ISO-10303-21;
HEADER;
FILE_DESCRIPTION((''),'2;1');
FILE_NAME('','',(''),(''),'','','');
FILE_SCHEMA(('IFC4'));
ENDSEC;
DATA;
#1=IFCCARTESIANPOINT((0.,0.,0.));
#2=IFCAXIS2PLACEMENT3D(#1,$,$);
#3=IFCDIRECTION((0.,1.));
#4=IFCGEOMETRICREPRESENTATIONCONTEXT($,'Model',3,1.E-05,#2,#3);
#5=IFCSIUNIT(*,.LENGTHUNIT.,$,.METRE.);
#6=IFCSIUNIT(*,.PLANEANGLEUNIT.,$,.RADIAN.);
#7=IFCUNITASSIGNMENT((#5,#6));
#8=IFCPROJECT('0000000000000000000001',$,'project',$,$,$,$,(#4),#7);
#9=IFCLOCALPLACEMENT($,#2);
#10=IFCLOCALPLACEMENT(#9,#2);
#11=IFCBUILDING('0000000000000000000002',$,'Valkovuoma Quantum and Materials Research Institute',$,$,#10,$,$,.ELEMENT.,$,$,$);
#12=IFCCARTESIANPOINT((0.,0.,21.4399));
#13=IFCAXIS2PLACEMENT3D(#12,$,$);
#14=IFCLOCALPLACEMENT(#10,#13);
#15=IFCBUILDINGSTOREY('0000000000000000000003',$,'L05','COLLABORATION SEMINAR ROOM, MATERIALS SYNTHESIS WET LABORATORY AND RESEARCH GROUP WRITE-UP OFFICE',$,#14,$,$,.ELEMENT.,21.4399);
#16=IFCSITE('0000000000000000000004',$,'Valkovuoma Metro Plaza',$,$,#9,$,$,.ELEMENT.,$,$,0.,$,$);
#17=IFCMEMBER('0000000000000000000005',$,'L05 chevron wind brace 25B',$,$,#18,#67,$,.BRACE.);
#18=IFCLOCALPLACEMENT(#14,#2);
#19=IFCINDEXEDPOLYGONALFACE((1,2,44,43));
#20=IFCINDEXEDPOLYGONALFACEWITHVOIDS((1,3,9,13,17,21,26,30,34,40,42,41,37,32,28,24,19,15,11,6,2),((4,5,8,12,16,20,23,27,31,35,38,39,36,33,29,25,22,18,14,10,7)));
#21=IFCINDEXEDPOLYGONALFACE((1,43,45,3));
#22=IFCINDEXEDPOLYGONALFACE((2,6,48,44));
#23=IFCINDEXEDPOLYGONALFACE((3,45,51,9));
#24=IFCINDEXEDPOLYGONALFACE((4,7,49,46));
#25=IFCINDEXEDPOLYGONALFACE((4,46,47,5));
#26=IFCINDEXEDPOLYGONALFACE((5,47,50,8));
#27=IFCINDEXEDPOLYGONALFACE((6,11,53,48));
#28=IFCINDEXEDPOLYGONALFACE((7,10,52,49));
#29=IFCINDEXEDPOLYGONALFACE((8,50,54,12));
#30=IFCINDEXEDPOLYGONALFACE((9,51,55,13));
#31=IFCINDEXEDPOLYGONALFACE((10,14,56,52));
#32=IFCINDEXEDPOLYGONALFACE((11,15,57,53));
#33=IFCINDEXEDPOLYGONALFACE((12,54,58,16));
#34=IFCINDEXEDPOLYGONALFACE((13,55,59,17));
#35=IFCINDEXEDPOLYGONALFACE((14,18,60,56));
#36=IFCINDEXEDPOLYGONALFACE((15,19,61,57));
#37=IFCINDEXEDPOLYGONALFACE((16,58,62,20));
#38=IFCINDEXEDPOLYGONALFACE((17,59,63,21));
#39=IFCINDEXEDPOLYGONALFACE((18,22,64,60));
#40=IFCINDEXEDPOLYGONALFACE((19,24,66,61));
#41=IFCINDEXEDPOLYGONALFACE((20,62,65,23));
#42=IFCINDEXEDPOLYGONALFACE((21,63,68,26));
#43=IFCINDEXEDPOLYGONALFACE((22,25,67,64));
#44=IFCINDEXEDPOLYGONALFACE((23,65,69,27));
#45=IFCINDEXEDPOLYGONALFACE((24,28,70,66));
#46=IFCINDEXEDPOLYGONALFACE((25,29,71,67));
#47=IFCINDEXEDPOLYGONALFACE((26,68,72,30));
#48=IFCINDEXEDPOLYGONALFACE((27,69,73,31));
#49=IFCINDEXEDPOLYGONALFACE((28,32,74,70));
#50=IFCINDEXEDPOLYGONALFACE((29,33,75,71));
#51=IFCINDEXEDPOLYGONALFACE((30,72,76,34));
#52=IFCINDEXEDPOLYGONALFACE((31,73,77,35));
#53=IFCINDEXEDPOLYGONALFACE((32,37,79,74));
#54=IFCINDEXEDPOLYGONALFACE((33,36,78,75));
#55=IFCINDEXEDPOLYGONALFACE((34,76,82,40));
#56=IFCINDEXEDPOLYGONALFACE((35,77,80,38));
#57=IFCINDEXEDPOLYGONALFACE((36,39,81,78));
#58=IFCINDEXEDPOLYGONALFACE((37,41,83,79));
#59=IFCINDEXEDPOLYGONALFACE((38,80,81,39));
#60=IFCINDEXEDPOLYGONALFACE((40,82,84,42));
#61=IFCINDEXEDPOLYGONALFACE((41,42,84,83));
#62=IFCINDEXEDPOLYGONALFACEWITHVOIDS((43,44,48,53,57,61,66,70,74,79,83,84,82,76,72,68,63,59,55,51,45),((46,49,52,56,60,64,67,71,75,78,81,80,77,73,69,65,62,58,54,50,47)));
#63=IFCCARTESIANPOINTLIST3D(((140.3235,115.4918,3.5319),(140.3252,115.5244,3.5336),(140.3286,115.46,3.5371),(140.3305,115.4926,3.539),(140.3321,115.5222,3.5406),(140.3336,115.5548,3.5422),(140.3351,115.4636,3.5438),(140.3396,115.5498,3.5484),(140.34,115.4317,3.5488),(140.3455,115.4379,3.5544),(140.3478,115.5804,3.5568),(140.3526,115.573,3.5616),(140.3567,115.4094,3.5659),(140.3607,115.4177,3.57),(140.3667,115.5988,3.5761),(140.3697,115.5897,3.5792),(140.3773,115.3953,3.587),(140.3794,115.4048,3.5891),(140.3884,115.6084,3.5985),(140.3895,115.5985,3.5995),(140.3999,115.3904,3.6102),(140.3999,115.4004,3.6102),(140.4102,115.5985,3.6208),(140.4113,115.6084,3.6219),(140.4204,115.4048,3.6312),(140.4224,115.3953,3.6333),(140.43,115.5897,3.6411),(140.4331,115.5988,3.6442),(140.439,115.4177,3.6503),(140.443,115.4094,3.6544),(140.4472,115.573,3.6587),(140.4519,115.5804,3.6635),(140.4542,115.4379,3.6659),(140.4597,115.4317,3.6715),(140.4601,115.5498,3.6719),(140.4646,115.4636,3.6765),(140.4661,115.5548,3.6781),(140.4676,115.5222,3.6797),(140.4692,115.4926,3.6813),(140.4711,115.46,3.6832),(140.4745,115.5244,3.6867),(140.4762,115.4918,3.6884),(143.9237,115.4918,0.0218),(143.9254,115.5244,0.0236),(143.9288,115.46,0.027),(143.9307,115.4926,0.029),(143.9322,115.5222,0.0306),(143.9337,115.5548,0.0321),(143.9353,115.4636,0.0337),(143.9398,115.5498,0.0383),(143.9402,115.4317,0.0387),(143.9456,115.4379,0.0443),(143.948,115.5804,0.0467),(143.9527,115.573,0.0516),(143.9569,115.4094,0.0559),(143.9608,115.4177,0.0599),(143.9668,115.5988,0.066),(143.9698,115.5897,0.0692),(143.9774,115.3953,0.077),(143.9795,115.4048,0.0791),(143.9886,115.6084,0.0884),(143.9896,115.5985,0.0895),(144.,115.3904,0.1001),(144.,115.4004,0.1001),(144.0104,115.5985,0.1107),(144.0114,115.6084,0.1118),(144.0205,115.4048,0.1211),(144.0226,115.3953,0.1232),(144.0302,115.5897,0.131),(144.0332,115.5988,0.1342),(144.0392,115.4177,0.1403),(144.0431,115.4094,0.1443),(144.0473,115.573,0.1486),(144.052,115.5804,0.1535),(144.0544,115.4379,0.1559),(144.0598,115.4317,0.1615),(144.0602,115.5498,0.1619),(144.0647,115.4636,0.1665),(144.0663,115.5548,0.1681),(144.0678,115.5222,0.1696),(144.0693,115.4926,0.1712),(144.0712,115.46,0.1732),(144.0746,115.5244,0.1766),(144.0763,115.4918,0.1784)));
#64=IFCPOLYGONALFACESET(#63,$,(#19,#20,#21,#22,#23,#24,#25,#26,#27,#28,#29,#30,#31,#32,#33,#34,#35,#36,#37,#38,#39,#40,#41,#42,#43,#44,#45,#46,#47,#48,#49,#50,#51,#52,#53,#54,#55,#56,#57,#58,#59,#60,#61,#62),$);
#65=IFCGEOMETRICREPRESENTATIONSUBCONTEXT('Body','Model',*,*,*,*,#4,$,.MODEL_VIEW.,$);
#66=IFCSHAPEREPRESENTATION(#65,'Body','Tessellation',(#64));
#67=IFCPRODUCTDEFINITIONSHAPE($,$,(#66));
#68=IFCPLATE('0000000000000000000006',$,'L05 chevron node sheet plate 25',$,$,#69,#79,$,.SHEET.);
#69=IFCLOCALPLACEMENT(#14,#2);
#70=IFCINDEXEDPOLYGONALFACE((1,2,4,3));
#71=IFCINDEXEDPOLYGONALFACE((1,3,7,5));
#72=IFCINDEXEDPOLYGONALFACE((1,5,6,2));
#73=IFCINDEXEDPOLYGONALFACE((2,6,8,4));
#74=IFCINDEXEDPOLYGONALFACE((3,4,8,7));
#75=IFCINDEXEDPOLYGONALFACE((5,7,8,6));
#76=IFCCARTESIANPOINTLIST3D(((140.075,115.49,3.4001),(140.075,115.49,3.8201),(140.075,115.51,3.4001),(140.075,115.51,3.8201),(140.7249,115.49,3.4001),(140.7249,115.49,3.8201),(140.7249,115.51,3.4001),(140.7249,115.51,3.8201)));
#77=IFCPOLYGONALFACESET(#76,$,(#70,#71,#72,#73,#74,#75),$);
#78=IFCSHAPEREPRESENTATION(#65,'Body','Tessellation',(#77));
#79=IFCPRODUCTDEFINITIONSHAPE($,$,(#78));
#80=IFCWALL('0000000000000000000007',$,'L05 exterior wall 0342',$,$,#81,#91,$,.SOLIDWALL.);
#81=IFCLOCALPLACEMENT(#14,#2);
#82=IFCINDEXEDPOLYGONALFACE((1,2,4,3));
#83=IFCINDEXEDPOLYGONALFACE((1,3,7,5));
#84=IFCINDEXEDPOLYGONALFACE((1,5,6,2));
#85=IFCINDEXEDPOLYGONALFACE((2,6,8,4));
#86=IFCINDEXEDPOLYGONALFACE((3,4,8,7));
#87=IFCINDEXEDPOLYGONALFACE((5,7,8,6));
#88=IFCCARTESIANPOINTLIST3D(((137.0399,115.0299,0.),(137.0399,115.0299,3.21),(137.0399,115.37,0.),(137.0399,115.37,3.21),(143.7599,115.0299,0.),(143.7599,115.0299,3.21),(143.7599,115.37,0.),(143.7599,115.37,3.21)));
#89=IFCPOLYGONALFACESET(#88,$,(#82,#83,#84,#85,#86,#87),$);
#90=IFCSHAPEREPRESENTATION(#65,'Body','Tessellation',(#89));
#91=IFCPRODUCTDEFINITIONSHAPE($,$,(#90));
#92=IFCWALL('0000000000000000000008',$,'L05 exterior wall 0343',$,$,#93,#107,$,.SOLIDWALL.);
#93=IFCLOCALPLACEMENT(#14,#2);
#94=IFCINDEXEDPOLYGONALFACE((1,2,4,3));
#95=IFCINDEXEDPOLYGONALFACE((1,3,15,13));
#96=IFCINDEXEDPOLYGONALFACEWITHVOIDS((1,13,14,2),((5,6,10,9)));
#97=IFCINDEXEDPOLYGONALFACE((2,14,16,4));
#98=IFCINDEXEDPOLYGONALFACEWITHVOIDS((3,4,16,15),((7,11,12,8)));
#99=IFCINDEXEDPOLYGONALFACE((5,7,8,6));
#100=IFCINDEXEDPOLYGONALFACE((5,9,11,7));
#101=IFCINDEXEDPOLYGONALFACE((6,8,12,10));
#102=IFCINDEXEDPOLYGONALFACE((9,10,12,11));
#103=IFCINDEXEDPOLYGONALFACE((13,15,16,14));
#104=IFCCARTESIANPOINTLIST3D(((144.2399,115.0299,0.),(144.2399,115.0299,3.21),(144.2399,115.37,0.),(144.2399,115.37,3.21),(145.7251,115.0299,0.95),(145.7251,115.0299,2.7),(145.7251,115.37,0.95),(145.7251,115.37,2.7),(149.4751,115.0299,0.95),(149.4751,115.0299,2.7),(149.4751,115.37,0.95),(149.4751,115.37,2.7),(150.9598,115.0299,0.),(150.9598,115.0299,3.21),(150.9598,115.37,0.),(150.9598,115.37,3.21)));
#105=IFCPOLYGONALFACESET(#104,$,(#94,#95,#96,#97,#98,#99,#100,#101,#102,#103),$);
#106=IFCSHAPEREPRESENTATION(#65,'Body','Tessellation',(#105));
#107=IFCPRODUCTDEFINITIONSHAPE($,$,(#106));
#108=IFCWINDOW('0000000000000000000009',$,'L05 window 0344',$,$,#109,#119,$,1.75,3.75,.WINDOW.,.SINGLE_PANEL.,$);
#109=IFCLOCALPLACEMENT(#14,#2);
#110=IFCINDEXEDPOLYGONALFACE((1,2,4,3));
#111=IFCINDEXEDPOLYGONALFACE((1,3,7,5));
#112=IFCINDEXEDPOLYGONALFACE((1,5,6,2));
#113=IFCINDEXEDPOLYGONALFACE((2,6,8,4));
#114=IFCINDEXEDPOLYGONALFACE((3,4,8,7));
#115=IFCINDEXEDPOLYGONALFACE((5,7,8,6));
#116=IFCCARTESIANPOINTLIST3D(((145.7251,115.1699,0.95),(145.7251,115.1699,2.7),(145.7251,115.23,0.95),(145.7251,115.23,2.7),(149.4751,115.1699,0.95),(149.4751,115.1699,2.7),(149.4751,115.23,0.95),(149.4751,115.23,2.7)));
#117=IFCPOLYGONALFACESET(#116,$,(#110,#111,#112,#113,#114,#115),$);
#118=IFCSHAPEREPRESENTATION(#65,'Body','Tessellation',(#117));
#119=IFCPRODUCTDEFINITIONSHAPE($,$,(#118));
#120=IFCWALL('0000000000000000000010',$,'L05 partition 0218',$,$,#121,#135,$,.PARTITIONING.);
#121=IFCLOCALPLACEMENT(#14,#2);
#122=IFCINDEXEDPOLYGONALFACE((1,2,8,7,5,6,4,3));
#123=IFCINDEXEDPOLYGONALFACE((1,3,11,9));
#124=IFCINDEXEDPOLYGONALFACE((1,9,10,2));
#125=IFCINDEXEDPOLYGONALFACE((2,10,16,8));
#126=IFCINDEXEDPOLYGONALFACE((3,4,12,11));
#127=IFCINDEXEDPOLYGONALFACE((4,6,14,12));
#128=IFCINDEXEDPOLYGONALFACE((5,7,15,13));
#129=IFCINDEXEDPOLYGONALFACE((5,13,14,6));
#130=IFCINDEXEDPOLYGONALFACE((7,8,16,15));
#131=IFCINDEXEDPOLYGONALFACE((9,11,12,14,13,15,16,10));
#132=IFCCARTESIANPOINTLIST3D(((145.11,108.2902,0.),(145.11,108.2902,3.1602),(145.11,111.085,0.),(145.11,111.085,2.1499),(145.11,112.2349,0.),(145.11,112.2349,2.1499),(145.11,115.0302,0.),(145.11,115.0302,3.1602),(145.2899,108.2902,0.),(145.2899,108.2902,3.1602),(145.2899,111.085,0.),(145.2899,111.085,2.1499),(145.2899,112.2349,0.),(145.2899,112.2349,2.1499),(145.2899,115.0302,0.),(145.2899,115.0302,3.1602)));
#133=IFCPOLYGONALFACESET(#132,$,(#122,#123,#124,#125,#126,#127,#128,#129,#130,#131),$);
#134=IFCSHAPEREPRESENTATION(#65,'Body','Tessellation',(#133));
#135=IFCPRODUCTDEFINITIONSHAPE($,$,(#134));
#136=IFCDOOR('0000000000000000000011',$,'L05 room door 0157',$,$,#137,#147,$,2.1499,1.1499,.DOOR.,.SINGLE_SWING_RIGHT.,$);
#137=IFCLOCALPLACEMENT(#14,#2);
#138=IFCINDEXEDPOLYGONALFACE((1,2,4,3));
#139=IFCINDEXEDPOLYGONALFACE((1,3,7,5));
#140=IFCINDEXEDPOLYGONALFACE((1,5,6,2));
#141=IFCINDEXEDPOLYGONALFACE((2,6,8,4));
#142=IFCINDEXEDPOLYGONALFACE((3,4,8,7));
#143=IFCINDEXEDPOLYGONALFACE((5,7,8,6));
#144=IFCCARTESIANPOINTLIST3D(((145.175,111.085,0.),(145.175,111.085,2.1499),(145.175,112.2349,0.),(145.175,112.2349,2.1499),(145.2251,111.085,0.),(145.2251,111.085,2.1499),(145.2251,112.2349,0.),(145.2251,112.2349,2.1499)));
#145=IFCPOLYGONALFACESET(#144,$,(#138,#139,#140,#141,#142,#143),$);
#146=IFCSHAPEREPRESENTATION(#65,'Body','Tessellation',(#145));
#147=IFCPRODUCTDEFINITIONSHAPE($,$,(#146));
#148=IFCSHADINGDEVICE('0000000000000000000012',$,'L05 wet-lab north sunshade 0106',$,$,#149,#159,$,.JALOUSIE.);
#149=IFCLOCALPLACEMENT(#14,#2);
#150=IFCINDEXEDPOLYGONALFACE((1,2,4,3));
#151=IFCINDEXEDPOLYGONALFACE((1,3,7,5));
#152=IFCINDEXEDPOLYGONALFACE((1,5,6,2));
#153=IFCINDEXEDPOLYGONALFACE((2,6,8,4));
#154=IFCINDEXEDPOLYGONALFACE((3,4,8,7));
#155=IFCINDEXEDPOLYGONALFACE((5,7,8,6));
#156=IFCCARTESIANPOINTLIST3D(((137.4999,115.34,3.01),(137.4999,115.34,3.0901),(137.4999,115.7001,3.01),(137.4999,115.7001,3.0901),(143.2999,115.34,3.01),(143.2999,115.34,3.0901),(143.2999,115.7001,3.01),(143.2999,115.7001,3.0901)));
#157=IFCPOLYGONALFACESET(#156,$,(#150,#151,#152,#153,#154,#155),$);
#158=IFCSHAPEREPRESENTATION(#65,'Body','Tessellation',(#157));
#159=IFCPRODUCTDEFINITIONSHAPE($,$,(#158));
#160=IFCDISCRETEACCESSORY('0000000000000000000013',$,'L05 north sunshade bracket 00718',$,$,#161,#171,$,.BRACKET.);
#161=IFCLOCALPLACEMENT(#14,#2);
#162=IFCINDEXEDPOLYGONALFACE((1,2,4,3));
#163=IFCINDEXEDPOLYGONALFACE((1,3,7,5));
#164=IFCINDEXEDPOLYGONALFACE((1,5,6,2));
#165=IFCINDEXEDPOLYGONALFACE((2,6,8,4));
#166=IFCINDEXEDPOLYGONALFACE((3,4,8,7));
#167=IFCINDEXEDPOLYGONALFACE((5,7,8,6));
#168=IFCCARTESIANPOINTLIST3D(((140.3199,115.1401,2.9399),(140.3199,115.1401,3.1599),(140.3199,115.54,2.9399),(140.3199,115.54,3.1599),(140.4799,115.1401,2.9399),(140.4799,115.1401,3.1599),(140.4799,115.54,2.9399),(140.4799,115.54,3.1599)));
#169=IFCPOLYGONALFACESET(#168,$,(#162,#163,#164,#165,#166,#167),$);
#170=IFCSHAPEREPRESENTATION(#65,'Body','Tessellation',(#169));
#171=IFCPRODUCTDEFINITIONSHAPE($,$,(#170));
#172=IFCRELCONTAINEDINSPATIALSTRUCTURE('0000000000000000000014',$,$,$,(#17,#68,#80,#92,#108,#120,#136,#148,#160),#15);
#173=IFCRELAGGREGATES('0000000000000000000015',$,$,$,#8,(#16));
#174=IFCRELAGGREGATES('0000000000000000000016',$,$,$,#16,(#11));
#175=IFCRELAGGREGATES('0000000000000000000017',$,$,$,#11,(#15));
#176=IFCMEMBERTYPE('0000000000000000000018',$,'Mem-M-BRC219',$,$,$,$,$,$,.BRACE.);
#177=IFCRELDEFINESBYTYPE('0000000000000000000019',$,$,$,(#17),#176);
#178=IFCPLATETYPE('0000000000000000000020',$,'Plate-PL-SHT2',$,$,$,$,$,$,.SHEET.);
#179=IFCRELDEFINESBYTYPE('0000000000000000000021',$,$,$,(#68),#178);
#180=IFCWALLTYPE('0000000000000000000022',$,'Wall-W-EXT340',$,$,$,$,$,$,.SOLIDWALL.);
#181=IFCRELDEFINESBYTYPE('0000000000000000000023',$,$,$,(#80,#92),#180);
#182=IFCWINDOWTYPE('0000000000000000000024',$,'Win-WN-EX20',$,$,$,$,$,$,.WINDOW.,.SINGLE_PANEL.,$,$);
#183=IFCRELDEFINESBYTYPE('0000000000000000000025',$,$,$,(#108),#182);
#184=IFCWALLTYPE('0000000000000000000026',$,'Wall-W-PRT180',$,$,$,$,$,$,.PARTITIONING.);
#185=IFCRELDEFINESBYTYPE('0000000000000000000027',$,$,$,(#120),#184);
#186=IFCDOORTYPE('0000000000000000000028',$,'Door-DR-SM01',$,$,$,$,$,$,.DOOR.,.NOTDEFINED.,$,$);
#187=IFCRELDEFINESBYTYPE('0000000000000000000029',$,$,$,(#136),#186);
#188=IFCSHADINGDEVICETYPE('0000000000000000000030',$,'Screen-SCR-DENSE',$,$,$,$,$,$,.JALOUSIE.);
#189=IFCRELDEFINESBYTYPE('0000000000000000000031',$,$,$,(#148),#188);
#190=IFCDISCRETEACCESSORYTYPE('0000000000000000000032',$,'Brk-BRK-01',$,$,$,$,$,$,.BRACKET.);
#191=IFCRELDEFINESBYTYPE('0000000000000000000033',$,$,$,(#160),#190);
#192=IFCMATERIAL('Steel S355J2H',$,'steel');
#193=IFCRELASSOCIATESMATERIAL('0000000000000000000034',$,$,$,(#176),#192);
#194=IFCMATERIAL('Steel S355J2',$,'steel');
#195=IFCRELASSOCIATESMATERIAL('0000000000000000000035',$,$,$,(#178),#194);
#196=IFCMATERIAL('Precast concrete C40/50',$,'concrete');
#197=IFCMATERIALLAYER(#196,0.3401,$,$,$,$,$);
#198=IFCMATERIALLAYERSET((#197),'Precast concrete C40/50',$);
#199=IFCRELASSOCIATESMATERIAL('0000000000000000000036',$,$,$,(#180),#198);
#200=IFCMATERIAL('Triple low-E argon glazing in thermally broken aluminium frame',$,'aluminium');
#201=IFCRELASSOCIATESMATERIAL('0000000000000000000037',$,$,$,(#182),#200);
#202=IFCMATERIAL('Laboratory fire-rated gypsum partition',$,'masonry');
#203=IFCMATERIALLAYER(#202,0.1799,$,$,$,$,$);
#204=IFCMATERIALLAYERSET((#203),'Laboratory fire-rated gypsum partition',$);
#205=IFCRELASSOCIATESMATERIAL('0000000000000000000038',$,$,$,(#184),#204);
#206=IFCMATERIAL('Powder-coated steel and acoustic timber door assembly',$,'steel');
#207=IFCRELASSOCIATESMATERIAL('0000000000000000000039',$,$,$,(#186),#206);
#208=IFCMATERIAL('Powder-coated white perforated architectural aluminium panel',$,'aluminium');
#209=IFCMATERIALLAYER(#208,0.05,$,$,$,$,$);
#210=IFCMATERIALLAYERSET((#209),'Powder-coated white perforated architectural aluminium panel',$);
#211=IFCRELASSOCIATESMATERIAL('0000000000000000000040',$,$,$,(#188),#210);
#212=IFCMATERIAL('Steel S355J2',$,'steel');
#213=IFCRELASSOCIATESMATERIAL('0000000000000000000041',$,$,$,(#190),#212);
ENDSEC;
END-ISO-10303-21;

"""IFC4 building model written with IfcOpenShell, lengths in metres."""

from ifc_helpers import new_model, si_unit, direction, frame, frame_2d, origin, origin_2d, place, context, subcontext, project, spatial, rectangle, hollow_circle, extrude, material, layer, layer_set, material_profile, profile_set, type_object, element, fill, save


model = new_model("IFC4")

# Units and contexts
model_context = context("Model", 3, precision=1e-05, world=origin(), true_north=direction((0.0, 1.0)))
body_context = subcontext(model_context, "Body", "Model", "MODEL_VIEW")
ifc_project = project(units=[si_unit("LENGTHUNIT", "METRE"), si_unit("PLANEANGLEUNIT", "RADIAN")], contexts=[model_context])

# Site, building, storey
site_placement = place(None, origin())
site = spatial("IfcSite", under=ifc_project, at=site_placement, Name="Valkovuoma Metro Plaza", CompositionType="ELEMENT", RefElevation=0.0)
building_placement = place(site_placement, origin())
building = spatial("IfcBuilding", under=site, at=building_placement, Name="Valkovuoma Quantum and Materials Research Institute", CompositionType="ELEMENT")
storey_placement = place(building_placement, frame((0.0, 0.0, 21.4399)))
storey = spatial("IfcBuildingStorey", under=building, at=storey_placement, Name="L05", Description="COLLABORATION SEMINAR ROOM, MATERIALS SYNTHESIS WET LABORATORY AND RESEARCH GROUP WRITE-UP OFFICE", CompositionType="ELEMENT", Elevation=21.4399)

# Member
ifc_material_1 = material(Name="Steel S355J2H", Category="steel")
ifc_material_profile_1 = material_profile(ifc_material_1, hollow_circle(Radius=0.1096, WallThickness=0.01, at=origin_2d()), Name="Steel S355J2H")
ifc_profile_set_1 = profile_set([ifc_material_profile_1], Name="Steel S355J2H")
member_type = type_object("IfcMemberType", Name="Mem-M-BRC219", PredefinedType="BRACE", material=ifc_profile_set_1)
member_1_placement = place(storey_placement, frame((144.0, 115.5, 0.1001), z_axis=(-0.716009, 0.0, 0.698091), x_axis=(0.0, -1.0, 0.0)))
element("IfcMember", 1, at=member_1_placement, inside=storey, type_object=member_type, Name="L05 chevron wind brace 25B", PredefinedType="BRACE", context=body_context, shape_type="SweptSolid", body=[
    extrude(hollow_circle(Radius=0.1096, WallThickness=0.01, at=origin_2d()), origin(), (0.0, 0.0, 1.0), 5.0281),
])

# Plate
ifc_material_2 = material(Name="Steel S355J2", Category="steel")
plate_type = type_object("IfcPlateType", Name="Plate-PL-SHT2", PredefinedType="SHEET", material=ifc_material_2)
plate_placement = place(storey_placement, frame((140.3999, 115.5, 3.4001), z_axis=(0.0, 0.0, 1.0), x_axis=(1.0, 0.0, 0.0)))
element("IfcPlate", 2, at=plate_placement, inside=storey, type_object=plate_type, Name="L05 chevron node sheet plate 25", PredefinedType="SHEET", context=body_context, shape_type="SweptSolid", body=[
    extrude(rectangle(XDim=0.6499, YDim=0.02, at=origin_2d()), origin(), (0.0, 0.0, 1.0), 0.4199),
])

# Wall
ifc_material_3 = material(Name="Precast concrete C40/50", Category="concrete")
ifc_layer_1 = layer(ifc_material_3, 0.3401)
ifc_layer_set_1 = layer_set([ifc_layer_1], Name="Precast concrete C40/50")
wall_type_1 = type_object("IfcWallType", Name="Wall-W-EXT340", PredefinedType="SOLIDWALL", material=ifc_layer_set_1)
wall_1_placement = place(storey_placement, frame((137.04, 115.2, 0.0), z_axis=(0.0, 0.0, 1.0), x_axis=(1.0, 0.0, 0.0)))
element("IfcWall", 3, at=wall_1_placement, inside=storey, type_object=wall_type_1, Name="L05 exterior wall 0342", PredefinedType="SOLIDWALL", context=body_context, shape_type="SweptSolid", body=[
    extrude(rectangle(XDim=6.72, YDim=0.3401, at=frame_2d((3.3599, 0.0))), origin(), (0.0, 0.0, 1.0), 3.21),
])

# Wall, opening, window
wall_2_placement = place(storey_placement, frame((144.24, 115.2, 0.0), z_axis=(0.0, 0.0, 1.0), x_axis=(1.0, 0.0, 0.0)))
wall_2 = element("IfcWall", 4, at=wall_2_placement, inside=storey, type_object=wall_type_1, Name="L05 exterior wall 0343", PredefinedType="SOLIDWALL", context=body_context, shape_type="SweptSolid", body=[
    extrude(rectangle(XDim=6.72, YDim=0.3401, at=frame_2d((3.3599, 0.0))), origin(), (0.0, 0.0, 1.0), 3.21),
])
opening_1_placement = place(wall_2_placement, frame((1.4851, 0.0, 0.95)))
opening_1 = element("IfcOpeningElement", 5, at=opening_1_placement, cuts=wall_2, PredefinedType="OPENING", context=body_context, shape_type="SweptSolid", body=[
    extrude(rectangle(XDim=3.75, YDim=1.75, at=frame_2d((1.875, 0.875))), frame((0.0, 0.1802, 0.0), z_axis=(0.0, -1.0, 0.0), x_axis=(1.0, 0.0, 0.0)), (0.0, 0.0, 1.0), 0.3601),
])
ifc_material_4 = material(Name="Triple low-E argon glazing in thermally broken aluminium frame", Category="aluminium")
window_type = type_object("IfcWindowType", Name="Win-WN-EX20", PartitioningType="SINGLE_PANEL", PredefinedType="WINDOW", material=ifc_material_4)
window_placement = place(opening_1_placement, origin())
window = element("IfcWindow", 6, at=window_placement, inside=storey, type_object=window_type, Name="L05 window 0344", OverallHeight=1.75, OverallWidth=3.75, PartitioningType="SINGLE_PANEL", PredefinedType="WINDOW", context=body_context, shape_type="SweptSolid", body=[
    extrude(rectangle(XDim=3.75, YDim=1.75, at=frame_2d((1.875, 0.875))), frame((0.0, 0.03, 0.0), z_axis=(0.0, -1.0, 0.0), x_axis=(1.0, 0.0, 0.0)), (0.0, 0.0, 1.0), 0.0601),
])
fill(opening_1, window)

# Wall, opening, door
ifc_material_5 = material(Name="Laboratory fire-rated gypsum partition", Category="masonry")
ifc_layer_2 = layer(ifc_material_5, 0.1799)
ifc_layer_set_2 = layer_set([ifc_layer_2], Name="Laboratory fire-rated gypsum partition")
wall_type_2 = type_object("IfcWallType", Name="Wall-W-PRT180", PredefinedType="PARTITIONING", material=ifc_layer_set_2)
wall_3_placement = place(storey_placement, frame((145.2, 108.29, 0.0), z_axis=(0.0, 0.0, 1.0), x_axis=(0.0, 1.0, 0.0)))
wall_3 = element("IfcWall", 7, at=wall_3_placement, inside=storey, type_object=wall_type_2, Name="L05 partition 0218", PredefinedType="PARTITIONING", context=body_context, shape_type="SweptSolid", body=[
    extrude(rectangle(XDim=6.74, YDim=0.1799, at=frame_2d((3.3701, 0.0))), origin(), (0.0, 0.0, 1.0), 3.1602),
])
opening_2_placement = place(wall_3_placement, frame((2.7949, 0.0, 0.0)))
opening_2 = element("IfcOpeningElement", 8, at=opening_2_placement, cuts=wall_3, PredefinedType="OPENING", context=body_context, shape_type="SweptSolid", body=[
    extrude(rectangle(XDim=1.1499, YDim=2.1499, at=frame_2d((0.575, 1.075))), frame((0.0, 0.1001, 0.0), z_axis=(0.0, -1.0, 0.0), x_axis=(1.0, 0.0, 0.0)), (0.0, 0.0, 1.0), 0.2),
])
ifc_material_6 = material(Name="Powder-coated steel and acoustic timber door assembly", Category="steel")
door_type = type_object("IfcDoorType", Name="Door-DR-SM01", OperationType="NOTDEFINED", PredefinedType="DOOR", material=ifc_material_6)
door_placement = place(opening_2_placement, origin())
door = element("IfcDoor", 9, at=door_placement, inside=storey, type_object=door_type, Name="L05 room door 0157", OperationType="SINGLE_SWING_RIGHT", OverallHeight=2.1499, OverallWidth=1.1499, PredefinedType="DOOR", context=body_context, shape_type="SweptSolid", body=[
    extrude(rectangle(XDim=1.1499, YDim=2.1499, at=frame_2d((0.575, 1.075))), frame((0.0, 0.0249, 0.0), z_axis=(0.0, -1.0, 0.0), x_axis=(1.0, 0.0, 0.0)), (0.0, 0.0, 1.0), 0.05),
])
fill(opening_2, door)

# Shading device
ifc_material_7 = material(Name="Powder-coated white perforated architectural aluminium panel", Category="aluminium")
ifc_layer_3 = layer(ifc_material_7, 0.05)
ifc_layer_set_3 = layer_set([ifc_layer_3], Name="Powder-coated white perforated architectural aluminium panel")
shading_device_type = type_object("IfcShadingDeviceType", Name="Screen-SCR-DENSE", PredefinedType="JALOUSIE", material=ifc_layer_set_3)
shading_device_placement = place(storey_placement, frame((140.3999, 115.52, 3.01), z_axis=(0.0, 0.0, 1.0), x_axis=(1.0, 0.0, 0.0)))
element("IfcShadingDevice", 10, at=shading_device_placement, inside=storey, type_object=shading_device_type, Name="L05 wet-lab north sunshade 0106", PredefinedType="JALOUSIE", context=body_context, shape_type="SweptSolid", body=[
    extrude(rectangle(XDim=5.8, YDim=0.3601, at=origin_2d()), origin(), (0.0, 0.0, 1.0), 0.0801),
])

# Discrete accessory
ifc_material_8 = material(Name="Steel S355J2", Category="steel")
discrete_accessory_type_1 = type_object("IfcDiscreteAccessoryType", Name="Brk-BRK-01", PredefinedType="BRACKET", material=ifc_material_8)
discrete_accessory_placement = place(storey_placement, frame((140.3999, 115.3401, 2.9399), z_axis=(0.0, 0.0, 1.0), x_axis=(1.0, 0.0, 0.0)))
element("IfcDiscreteAccessory", 11, at=discrete_accessory_placement, inside=storey, type_object=discrete_accessory_type_1, Name="L05 north sunshade bracket 00718", PredefinedType="BRACKET", context=body_context, shape_type="SweptSolid", body=[
    extrude(rectangle(XDim=0.1599, YDim=0.3999, at=origin_2d()), origin(), (0.0, 0.0, 1.0), 0.22),
])

save(model, "model.ifc")
